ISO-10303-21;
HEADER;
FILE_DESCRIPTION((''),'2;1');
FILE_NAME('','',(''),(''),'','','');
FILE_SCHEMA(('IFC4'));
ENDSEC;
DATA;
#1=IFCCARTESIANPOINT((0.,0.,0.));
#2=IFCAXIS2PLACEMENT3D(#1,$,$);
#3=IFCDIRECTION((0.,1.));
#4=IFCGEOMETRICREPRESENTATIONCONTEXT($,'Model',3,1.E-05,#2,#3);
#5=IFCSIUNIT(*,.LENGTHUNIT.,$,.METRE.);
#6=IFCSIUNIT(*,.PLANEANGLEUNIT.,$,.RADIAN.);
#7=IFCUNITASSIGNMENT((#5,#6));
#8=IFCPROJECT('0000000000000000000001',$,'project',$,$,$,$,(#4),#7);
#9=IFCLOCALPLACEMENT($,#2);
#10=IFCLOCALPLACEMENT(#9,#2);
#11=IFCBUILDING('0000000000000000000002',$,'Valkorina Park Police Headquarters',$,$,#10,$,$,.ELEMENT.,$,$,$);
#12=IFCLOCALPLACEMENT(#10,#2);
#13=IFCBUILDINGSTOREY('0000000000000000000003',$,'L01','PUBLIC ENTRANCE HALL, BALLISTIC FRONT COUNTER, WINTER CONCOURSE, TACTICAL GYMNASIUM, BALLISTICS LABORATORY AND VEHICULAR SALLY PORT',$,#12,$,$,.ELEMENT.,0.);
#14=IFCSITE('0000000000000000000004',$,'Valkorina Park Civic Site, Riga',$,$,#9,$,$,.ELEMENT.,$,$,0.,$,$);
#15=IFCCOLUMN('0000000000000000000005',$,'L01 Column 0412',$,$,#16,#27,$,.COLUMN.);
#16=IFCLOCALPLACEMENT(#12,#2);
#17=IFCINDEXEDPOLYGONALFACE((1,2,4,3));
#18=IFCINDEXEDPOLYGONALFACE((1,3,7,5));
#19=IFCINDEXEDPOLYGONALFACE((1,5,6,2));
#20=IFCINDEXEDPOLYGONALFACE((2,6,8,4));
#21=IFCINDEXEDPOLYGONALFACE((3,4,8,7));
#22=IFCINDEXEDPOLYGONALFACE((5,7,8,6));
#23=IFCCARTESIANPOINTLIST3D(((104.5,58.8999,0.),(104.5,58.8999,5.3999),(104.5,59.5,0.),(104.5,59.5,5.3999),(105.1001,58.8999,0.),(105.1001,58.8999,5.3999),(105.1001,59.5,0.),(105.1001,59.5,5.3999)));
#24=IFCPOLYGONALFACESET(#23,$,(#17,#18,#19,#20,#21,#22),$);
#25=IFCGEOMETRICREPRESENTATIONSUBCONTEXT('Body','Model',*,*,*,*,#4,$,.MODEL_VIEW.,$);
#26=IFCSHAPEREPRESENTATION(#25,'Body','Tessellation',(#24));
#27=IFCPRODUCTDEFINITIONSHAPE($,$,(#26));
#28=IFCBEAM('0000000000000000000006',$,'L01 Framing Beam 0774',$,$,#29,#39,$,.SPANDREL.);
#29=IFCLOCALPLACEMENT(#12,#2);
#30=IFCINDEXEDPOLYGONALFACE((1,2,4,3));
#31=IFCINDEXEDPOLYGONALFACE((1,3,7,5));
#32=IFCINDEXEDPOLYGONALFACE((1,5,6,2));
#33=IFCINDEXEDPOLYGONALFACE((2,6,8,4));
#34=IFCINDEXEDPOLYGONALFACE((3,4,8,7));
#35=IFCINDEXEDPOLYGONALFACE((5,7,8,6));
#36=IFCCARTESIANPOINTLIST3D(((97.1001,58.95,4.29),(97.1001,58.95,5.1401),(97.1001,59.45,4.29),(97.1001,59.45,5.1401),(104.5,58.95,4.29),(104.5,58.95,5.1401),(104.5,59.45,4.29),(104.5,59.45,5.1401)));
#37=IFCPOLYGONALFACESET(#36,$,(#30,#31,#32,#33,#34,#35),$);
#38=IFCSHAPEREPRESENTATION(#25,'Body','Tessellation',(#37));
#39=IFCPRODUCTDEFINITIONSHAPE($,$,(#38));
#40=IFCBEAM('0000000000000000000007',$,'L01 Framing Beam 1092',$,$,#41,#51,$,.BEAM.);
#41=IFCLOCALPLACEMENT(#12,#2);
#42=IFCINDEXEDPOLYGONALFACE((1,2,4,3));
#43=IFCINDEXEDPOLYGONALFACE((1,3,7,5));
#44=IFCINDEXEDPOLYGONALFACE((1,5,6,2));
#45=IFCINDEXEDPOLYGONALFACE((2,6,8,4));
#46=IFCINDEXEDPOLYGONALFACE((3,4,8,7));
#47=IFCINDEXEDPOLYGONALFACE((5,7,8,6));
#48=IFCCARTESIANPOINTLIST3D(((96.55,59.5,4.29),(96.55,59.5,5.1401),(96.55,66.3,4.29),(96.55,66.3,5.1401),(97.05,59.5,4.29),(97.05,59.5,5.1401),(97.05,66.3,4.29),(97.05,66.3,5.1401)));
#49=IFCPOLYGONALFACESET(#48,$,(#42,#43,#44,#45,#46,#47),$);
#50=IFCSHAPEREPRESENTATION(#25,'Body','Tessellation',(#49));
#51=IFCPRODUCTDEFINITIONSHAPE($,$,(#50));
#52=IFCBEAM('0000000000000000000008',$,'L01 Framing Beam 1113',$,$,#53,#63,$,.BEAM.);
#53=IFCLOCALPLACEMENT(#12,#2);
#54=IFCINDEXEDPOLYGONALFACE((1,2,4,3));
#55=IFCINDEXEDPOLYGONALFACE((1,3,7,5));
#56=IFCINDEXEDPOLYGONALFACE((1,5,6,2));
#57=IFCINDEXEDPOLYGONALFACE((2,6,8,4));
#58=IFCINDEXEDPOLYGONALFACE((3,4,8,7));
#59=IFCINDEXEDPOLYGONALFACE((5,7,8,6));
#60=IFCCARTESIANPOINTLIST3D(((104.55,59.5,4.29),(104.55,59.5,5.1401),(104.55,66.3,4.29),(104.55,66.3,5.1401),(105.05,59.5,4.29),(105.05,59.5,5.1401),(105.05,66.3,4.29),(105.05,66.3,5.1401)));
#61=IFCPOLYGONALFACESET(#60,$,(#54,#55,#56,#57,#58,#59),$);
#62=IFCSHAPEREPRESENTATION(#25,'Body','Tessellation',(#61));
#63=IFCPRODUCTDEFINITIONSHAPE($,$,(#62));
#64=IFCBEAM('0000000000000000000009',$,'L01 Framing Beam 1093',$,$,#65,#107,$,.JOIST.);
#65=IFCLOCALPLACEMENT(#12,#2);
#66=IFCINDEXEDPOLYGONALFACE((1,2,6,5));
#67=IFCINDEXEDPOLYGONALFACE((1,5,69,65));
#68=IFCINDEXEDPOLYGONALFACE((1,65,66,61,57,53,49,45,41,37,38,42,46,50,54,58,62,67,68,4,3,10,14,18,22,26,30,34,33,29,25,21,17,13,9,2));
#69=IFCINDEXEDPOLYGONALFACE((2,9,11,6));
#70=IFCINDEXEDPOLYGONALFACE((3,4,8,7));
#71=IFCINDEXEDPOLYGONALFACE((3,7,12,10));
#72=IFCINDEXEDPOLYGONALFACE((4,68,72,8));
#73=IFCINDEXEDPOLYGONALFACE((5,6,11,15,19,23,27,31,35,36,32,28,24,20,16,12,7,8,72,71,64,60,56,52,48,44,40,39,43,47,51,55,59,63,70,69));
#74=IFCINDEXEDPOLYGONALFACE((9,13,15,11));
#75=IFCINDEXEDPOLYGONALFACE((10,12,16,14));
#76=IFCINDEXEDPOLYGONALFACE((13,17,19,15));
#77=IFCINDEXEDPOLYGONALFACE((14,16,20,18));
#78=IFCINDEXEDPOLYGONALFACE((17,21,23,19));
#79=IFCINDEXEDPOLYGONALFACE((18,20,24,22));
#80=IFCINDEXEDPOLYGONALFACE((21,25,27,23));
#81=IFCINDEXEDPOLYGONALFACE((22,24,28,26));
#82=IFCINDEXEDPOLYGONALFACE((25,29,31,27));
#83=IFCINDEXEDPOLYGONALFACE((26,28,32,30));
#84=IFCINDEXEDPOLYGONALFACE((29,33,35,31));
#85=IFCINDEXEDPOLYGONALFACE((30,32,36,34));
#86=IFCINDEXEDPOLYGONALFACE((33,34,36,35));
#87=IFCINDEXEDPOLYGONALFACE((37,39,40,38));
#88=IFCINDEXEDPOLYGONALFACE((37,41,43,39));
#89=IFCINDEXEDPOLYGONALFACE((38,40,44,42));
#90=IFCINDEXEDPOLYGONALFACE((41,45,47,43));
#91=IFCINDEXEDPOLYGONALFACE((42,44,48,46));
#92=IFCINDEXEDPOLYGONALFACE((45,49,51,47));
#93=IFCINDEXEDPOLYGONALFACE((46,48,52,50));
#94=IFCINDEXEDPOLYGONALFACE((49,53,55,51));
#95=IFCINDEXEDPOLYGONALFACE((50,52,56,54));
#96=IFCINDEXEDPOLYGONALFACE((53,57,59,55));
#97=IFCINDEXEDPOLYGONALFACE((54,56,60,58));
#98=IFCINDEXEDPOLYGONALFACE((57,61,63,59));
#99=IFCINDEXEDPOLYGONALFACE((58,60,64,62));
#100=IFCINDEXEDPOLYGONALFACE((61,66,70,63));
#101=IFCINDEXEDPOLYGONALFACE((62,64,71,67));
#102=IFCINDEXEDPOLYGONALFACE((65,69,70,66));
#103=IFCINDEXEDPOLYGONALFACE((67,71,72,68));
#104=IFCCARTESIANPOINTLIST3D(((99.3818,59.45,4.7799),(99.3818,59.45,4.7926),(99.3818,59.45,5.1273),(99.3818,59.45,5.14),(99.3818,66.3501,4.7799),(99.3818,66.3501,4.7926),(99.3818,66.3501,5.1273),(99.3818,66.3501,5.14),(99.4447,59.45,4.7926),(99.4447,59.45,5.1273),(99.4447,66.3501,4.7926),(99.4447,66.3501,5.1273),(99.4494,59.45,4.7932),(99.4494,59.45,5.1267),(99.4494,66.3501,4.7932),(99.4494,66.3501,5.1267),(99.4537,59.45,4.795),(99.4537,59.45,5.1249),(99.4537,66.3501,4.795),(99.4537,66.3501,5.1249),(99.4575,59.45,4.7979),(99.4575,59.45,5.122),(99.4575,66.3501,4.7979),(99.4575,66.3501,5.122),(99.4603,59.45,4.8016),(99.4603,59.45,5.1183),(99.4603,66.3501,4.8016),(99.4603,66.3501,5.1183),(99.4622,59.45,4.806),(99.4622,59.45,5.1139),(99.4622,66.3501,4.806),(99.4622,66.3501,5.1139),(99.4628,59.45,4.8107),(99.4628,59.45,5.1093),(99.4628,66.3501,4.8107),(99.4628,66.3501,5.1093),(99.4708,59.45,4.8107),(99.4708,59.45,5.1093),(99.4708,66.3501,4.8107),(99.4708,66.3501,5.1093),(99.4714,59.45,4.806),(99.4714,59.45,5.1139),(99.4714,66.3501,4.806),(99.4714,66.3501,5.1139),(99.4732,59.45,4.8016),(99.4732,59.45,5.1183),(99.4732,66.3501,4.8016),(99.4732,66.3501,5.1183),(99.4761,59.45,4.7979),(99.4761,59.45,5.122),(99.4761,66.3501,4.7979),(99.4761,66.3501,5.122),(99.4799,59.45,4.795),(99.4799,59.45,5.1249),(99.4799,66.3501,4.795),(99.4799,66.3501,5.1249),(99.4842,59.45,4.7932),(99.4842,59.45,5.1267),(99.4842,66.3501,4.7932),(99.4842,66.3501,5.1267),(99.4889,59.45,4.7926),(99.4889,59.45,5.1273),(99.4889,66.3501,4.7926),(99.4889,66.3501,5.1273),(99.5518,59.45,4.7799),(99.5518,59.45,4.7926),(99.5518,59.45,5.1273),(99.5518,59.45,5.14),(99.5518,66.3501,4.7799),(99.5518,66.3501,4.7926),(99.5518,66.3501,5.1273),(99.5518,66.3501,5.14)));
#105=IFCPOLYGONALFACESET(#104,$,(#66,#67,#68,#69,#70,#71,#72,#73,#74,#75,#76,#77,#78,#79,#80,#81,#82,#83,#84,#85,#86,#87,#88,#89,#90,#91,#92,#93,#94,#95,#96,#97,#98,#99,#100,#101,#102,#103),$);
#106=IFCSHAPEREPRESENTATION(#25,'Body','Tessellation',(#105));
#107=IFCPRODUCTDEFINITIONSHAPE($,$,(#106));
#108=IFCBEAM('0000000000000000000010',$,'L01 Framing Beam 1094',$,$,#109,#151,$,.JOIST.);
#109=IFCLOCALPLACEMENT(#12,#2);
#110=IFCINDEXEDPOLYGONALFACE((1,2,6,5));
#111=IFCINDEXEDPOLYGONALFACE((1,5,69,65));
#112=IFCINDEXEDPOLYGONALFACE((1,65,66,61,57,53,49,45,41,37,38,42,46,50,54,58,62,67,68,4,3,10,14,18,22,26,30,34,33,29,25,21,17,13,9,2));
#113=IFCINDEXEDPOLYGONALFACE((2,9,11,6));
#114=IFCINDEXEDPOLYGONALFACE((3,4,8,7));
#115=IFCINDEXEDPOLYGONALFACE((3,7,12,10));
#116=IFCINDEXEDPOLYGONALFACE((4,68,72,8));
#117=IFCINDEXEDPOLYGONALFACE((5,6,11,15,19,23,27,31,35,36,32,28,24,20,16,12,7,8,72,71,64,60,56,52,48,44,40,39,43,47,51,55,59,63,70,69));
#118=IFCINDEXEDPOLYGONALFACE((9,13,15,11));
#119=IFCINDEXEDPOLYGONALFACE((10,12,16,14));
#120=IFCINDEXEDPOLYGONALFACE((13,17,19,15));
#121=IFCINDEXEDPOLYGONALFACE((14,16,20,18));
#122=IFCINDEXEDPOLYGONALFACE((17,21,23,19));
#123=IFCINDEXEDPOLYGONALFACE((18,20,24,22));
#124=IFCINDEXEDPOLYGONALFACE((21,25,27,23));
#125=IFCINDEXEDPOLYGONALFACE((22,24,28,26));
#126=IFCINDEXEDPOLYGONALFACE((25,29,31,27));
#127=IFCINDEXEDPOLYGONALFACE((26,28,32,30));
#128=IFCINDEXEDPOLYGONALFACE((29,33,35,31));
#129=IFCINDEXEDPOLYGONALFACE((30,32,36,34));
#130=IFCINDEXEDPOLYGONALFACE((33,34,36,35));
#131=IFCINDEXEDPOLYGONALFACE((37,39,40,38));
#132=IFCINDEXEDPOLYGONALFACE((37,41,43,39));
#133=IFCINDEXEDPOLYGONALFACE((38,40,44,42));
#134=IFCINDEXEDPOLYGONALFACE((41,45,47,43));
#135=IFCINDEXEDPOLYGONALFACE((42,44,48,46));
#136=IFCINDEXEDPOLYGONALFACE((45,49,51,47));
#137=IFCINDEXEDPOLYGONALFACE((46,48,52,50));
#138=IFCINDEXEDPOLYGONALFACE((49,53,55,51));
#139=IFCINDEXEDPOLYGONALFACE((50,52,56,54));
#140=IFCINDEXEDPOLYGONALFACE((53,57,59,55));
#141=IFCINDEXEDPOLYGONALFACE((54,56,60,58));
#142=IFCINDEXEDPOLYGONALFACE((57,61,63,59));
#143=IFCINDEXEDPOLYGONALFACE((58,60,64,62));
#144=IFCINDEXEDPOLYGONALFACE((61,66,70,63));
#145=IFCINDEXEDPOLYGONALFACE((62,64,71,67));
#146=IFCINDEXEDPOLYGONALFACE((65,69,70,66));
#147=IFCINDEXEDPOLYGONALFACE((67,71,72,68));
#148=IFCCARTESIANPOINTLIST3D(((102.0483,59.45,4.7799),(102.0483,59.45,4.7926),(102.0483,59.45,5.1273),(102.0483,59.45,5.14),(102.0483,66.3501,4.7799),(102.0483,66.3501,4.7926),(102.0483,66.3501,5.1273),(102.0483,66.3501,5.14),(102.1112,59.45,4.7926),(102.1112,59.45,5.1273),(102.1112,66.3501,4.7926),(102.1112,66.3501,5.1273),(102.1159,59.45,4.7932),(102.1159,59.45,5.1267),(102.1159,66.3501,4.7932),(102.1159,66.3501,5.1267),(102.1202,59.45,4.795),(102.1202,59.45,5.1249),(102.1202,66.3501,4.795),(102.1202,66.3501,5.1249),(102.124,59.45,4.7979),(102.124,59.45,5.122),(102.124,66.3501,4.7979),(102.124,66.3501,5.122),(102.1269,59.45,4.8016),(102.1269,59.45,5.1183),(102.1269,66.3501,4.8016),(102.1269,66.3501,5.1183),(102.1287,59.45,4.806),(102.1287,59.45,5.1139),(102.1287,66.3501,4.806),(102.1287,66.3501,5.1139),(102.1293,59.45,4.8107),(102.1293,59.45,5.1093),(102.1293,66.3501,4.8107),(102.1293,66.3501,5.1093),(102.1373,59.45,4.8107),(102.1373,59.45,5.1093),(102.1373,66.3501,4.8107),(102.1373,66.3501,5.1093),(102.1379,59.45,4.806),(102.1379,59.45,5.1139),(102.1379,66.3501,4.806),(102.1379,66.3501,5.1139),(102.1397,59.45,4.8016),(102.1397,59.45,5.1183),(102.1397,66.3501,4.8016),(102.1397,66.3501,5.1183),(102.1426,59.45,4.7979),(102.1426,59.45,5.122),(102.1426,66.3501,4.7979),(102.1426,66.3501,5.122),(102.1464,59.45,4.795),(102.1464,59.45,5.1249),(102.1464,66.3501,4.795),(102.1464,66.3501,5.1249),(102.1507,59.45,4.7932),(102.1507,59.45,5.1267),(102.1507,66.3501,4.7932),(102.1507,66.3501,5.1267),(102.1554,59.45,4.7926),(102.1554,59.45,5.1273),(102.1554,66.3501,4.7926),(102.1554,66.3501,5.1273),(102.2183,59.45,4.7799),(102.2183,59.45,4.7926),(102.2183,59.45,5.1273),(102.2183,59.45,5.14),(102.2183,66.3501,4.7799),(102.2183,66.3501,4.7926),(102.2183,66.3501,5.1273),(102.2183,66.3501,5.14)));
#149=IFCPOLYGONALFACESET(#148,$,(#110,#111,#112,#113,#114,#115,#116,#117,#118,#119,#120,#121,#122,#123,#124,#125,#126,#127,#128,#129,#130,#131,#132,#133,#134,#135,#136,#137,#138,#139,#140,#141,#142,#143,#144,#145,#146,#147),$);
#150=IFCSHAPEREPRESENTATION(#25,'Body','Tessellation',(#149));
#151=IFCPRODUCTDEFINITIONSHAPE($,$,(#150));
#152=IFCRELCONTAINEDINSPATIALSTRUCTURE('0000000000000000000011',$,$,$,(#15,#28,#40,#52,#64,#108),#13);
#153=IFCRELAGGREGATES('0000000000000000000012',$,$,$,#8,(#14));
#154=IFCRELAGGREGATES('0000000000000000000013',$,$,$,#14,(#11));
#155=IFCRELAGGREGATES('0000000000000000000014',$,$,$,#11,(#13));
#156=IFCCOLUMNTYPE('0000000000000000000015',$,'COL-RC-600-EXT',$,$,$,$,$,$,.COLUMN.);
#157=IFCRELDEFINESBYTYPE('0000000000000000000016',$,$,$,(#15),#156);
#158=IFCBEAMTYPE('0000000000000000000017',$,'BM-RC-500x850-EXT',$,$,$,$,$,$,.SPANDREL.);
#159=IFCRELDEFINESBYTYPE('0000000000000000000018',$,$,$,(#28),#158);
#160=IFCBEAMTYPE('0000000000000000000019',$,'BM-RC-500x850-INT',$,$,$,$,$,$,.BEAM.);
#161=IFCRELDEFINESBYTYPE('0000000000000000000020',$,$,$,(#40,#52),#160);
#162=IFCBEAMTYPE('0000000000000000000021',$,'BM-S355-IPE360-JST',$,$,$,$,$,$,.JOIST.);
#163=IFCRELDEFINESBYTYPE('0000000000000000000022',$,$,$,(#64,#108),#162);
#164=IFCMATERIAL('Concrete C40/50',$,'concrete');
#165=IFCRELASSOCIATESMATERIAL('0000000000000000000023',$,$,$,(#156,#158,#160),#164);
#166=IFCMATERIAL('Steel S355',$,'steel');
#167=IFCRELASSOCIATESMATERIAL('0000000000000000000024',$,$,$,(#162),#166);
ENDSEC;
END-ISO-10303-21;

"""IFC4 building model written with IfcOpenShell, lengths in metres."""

from ifc_helpers import new_model, si_unit, direction, frame, origin, origin_2d, place, context, subcontext, project, spatial, rectangle, i_section, extrude, material, material_profile, profile_set, type_object, element, save


model = new_model("IFC4")

# Units and contexts
model_context = context("Model", 3, precision=1e-05, world=origin(), true_north=direction((0.0, 1.0)))
body_context = subcontext(model_context, "Body", "Model", "MODEL_VIEW")
ifc_project = project(units=[si_unit("LENGTHUNIT", "METRE"), si_unit("PLANEANGLEUNIT", "RADIAN")], contexts=[model_context])

# Site, building, storey
site_placement = place(None, origin())
site = spatial("IfcSite", under=ifc_project, at=site_placement, Name="Valkorina Park Civic Site, Riga", CompositionType="ELEMENT", RefElevation=0.0)
building_placement = place(site_placement, origin())
building = spatial("IfcBuilding", under=site, at=building_placement, Name="Valkorina Park Police Headquarters", CompositionType="ELEMENT")
storey_placement = place(building_placement, origin())
storey = spatial("IfcBuildingStorey", under=building, at=storey_placement, Name="L01", Description="PUBLIC ENTRANCE HALL, BALLISTIC FRONT COUNTER, WINTER CONCOURSE, TACTICAL GYMNASIUM, BALLISTICS LABORATORY AND VEHICULAR SALLY PORT", CompositionType="ELEMENT", Elevation=0.0)

# Column
ifc_material_1 = material(Name="Concrete C40/50", Category="concrete")
ifc_material_profile_1 = material_profile(ifc_material_1, rectangle(XDim=0.6001, YDim=0.6001, at=origin_2d()), Name="RC COL 600x600")
ifc_profile_set_1 = profile_set([ifc_material_profile_1], Name="Concrete C40/50")
column_type = type_object("IfcColumnType", Name="COL-RC-600-EXT", PredefinedType="COLUMN", material=ifc_profile_set_1)
column_placement = place(storey_placement, frame((104.8, 59.2, 0.0), z_axis=(0.0, 0.0, 1.0), x_axis=(1.0, 0.0, 0.0)))
element("IfcColumn", 1, at=column_placement, inside=storey, type_object=column_type, Name="L01 Column 0412", PredefinedType="COLUMN", context=body_context, shape_type="SweptSolid", body=[
    extrude(rectangle(XDim=0.6001, YDim=0.6001, at=origin_2d()), origin(), (0.0, 0.0, 1.0), 5.3999),
])

# Beams
ifc_material_profile_2 = material_profile(ifc_material_1, rectangle(XDim=0.5, YDim=0.8501, at=origin_2d()), Name="RC BEAM 500x850")
ifc_profile_set_2 = profile_set([ifc_material_profile_2], Name="Concrete C40/50")
beam_type_1 = type_object("IfcBeamType", Name="BM-RC-500x850-EXT", PredefinedType="SPANDREL", material=ifc_profile_set_2)
beam_placement = place(storey_placement, frame((97.1001, 59.2, 4.7151), z_axis=(1.0, 0.0, 0.0), x_axis=(0.0, 1.0, 0.0)))
element("IfcBeam", 2, at=beam_placement, inside=storey, type_object=beam_type_1, Name="L01 Framing Beam 0774", PredefinedType="SPANDREL", context=body_context, shape_type="SweptSolid", body=[
    extrude(rectangle(XDim=0.5, YDim=0.8501, at=origin_2d()), origin(), (0.0, 0.0, 1.0), 7.3999),
])
ifc_material_profile_3 = material_profile(ifc_material_1, rectangle(XDim=0.5, YDim=0.8501, at=origin_2d()), Name="RC BEAM 500x850")
ifc_profile_set_3 = profile_set([ifc_material_profile_3], Name="Concrete C40/50")
beam_type_2 = type_object("IfcBeamType", Name="BM-RC-500x850-INT", PredefinedType="BEAM", material=ifc_profile_set_3)
for number, where, z_axis, x_axis, name in (
    (3, (96.8, 59.5, 4.7151), (0.0, 1.0, 0.0), (-1.0, 0.0, 0.0), "L01 Framing Beam 1092"),
    (4, (104.8, 59.5, 4.7151), (0.0, 1.0, 0.0), (-1.0, 0.0, 0.0), "L01 Framing Beam 1113"),
):
    element("IfcBeam", number, at=place(storey_placement, frame(where, z_axis=z_axis, x_axis=x_axis)), inside=storey, type_object=beam_type_2, Name=name, PredefinedType="BEAM", context=body_context, shape_type="SweptSolid", body=[
        extrude(rectangle(XDim=0.5, YDim=0.8501, at=origin_2d()), origin(), (0.0, 0.0, 1.0), 6.8),
    ])
ifc_material_2 = material(Name="Steel S355", Category="steel")
ifc_material_profile_4 = material_profile(ifc_material_2, i_section(OverallWidth=0.1699, OverallDepth=0.3601, WebThickness=0.0081, FlangeThickness=0.0127, FilletRadius=0.0181, at=origin_2d()), Name="IPE 360")
ifc_profile_set_4 = profile_set([ifc_material_profile_4], Name="Steel S355")
beam_type_3 = type_object("IfcBeamType", Name="BM-S355-IPE360-JST", PredefinedType="JOIST", material=ifc_profile_set_4)
for number, where, z_axis, x_axis, name in (
    (5, (99.4668, 59.45, 4.96), (0.0, 1.0, 0.0), (-1.0, 0.0, 0.0), "L01 Framing Beam 1093"),
    (6, (102.1333, 59.45, 4.96), (0.0, 1.0, 0.0), (-1.0, 0.0, 0.0), "L01 Framing Beam 1094"),
):
    element("IfcBeam", number, at=place(storey_placement, frame(where, z_axis=z_axis, x_axis=x_axis)), inside=storey, type_object=beam_type_3, Name=name, PredefinedType="JOIST", context=body_context, shape_type="SweptSolid", body=[
        extrude(i_section(OverallWidth=0.1699, OverallDepth=0.3601, WebThickness=0.0081, FlangeThickness=0.0127, FilletRadius=0.0181, at=origin_2d()), origin(), (0.0, 0.0, 1.0), 6.9001),
    ])

save(model, "model.ifc")
